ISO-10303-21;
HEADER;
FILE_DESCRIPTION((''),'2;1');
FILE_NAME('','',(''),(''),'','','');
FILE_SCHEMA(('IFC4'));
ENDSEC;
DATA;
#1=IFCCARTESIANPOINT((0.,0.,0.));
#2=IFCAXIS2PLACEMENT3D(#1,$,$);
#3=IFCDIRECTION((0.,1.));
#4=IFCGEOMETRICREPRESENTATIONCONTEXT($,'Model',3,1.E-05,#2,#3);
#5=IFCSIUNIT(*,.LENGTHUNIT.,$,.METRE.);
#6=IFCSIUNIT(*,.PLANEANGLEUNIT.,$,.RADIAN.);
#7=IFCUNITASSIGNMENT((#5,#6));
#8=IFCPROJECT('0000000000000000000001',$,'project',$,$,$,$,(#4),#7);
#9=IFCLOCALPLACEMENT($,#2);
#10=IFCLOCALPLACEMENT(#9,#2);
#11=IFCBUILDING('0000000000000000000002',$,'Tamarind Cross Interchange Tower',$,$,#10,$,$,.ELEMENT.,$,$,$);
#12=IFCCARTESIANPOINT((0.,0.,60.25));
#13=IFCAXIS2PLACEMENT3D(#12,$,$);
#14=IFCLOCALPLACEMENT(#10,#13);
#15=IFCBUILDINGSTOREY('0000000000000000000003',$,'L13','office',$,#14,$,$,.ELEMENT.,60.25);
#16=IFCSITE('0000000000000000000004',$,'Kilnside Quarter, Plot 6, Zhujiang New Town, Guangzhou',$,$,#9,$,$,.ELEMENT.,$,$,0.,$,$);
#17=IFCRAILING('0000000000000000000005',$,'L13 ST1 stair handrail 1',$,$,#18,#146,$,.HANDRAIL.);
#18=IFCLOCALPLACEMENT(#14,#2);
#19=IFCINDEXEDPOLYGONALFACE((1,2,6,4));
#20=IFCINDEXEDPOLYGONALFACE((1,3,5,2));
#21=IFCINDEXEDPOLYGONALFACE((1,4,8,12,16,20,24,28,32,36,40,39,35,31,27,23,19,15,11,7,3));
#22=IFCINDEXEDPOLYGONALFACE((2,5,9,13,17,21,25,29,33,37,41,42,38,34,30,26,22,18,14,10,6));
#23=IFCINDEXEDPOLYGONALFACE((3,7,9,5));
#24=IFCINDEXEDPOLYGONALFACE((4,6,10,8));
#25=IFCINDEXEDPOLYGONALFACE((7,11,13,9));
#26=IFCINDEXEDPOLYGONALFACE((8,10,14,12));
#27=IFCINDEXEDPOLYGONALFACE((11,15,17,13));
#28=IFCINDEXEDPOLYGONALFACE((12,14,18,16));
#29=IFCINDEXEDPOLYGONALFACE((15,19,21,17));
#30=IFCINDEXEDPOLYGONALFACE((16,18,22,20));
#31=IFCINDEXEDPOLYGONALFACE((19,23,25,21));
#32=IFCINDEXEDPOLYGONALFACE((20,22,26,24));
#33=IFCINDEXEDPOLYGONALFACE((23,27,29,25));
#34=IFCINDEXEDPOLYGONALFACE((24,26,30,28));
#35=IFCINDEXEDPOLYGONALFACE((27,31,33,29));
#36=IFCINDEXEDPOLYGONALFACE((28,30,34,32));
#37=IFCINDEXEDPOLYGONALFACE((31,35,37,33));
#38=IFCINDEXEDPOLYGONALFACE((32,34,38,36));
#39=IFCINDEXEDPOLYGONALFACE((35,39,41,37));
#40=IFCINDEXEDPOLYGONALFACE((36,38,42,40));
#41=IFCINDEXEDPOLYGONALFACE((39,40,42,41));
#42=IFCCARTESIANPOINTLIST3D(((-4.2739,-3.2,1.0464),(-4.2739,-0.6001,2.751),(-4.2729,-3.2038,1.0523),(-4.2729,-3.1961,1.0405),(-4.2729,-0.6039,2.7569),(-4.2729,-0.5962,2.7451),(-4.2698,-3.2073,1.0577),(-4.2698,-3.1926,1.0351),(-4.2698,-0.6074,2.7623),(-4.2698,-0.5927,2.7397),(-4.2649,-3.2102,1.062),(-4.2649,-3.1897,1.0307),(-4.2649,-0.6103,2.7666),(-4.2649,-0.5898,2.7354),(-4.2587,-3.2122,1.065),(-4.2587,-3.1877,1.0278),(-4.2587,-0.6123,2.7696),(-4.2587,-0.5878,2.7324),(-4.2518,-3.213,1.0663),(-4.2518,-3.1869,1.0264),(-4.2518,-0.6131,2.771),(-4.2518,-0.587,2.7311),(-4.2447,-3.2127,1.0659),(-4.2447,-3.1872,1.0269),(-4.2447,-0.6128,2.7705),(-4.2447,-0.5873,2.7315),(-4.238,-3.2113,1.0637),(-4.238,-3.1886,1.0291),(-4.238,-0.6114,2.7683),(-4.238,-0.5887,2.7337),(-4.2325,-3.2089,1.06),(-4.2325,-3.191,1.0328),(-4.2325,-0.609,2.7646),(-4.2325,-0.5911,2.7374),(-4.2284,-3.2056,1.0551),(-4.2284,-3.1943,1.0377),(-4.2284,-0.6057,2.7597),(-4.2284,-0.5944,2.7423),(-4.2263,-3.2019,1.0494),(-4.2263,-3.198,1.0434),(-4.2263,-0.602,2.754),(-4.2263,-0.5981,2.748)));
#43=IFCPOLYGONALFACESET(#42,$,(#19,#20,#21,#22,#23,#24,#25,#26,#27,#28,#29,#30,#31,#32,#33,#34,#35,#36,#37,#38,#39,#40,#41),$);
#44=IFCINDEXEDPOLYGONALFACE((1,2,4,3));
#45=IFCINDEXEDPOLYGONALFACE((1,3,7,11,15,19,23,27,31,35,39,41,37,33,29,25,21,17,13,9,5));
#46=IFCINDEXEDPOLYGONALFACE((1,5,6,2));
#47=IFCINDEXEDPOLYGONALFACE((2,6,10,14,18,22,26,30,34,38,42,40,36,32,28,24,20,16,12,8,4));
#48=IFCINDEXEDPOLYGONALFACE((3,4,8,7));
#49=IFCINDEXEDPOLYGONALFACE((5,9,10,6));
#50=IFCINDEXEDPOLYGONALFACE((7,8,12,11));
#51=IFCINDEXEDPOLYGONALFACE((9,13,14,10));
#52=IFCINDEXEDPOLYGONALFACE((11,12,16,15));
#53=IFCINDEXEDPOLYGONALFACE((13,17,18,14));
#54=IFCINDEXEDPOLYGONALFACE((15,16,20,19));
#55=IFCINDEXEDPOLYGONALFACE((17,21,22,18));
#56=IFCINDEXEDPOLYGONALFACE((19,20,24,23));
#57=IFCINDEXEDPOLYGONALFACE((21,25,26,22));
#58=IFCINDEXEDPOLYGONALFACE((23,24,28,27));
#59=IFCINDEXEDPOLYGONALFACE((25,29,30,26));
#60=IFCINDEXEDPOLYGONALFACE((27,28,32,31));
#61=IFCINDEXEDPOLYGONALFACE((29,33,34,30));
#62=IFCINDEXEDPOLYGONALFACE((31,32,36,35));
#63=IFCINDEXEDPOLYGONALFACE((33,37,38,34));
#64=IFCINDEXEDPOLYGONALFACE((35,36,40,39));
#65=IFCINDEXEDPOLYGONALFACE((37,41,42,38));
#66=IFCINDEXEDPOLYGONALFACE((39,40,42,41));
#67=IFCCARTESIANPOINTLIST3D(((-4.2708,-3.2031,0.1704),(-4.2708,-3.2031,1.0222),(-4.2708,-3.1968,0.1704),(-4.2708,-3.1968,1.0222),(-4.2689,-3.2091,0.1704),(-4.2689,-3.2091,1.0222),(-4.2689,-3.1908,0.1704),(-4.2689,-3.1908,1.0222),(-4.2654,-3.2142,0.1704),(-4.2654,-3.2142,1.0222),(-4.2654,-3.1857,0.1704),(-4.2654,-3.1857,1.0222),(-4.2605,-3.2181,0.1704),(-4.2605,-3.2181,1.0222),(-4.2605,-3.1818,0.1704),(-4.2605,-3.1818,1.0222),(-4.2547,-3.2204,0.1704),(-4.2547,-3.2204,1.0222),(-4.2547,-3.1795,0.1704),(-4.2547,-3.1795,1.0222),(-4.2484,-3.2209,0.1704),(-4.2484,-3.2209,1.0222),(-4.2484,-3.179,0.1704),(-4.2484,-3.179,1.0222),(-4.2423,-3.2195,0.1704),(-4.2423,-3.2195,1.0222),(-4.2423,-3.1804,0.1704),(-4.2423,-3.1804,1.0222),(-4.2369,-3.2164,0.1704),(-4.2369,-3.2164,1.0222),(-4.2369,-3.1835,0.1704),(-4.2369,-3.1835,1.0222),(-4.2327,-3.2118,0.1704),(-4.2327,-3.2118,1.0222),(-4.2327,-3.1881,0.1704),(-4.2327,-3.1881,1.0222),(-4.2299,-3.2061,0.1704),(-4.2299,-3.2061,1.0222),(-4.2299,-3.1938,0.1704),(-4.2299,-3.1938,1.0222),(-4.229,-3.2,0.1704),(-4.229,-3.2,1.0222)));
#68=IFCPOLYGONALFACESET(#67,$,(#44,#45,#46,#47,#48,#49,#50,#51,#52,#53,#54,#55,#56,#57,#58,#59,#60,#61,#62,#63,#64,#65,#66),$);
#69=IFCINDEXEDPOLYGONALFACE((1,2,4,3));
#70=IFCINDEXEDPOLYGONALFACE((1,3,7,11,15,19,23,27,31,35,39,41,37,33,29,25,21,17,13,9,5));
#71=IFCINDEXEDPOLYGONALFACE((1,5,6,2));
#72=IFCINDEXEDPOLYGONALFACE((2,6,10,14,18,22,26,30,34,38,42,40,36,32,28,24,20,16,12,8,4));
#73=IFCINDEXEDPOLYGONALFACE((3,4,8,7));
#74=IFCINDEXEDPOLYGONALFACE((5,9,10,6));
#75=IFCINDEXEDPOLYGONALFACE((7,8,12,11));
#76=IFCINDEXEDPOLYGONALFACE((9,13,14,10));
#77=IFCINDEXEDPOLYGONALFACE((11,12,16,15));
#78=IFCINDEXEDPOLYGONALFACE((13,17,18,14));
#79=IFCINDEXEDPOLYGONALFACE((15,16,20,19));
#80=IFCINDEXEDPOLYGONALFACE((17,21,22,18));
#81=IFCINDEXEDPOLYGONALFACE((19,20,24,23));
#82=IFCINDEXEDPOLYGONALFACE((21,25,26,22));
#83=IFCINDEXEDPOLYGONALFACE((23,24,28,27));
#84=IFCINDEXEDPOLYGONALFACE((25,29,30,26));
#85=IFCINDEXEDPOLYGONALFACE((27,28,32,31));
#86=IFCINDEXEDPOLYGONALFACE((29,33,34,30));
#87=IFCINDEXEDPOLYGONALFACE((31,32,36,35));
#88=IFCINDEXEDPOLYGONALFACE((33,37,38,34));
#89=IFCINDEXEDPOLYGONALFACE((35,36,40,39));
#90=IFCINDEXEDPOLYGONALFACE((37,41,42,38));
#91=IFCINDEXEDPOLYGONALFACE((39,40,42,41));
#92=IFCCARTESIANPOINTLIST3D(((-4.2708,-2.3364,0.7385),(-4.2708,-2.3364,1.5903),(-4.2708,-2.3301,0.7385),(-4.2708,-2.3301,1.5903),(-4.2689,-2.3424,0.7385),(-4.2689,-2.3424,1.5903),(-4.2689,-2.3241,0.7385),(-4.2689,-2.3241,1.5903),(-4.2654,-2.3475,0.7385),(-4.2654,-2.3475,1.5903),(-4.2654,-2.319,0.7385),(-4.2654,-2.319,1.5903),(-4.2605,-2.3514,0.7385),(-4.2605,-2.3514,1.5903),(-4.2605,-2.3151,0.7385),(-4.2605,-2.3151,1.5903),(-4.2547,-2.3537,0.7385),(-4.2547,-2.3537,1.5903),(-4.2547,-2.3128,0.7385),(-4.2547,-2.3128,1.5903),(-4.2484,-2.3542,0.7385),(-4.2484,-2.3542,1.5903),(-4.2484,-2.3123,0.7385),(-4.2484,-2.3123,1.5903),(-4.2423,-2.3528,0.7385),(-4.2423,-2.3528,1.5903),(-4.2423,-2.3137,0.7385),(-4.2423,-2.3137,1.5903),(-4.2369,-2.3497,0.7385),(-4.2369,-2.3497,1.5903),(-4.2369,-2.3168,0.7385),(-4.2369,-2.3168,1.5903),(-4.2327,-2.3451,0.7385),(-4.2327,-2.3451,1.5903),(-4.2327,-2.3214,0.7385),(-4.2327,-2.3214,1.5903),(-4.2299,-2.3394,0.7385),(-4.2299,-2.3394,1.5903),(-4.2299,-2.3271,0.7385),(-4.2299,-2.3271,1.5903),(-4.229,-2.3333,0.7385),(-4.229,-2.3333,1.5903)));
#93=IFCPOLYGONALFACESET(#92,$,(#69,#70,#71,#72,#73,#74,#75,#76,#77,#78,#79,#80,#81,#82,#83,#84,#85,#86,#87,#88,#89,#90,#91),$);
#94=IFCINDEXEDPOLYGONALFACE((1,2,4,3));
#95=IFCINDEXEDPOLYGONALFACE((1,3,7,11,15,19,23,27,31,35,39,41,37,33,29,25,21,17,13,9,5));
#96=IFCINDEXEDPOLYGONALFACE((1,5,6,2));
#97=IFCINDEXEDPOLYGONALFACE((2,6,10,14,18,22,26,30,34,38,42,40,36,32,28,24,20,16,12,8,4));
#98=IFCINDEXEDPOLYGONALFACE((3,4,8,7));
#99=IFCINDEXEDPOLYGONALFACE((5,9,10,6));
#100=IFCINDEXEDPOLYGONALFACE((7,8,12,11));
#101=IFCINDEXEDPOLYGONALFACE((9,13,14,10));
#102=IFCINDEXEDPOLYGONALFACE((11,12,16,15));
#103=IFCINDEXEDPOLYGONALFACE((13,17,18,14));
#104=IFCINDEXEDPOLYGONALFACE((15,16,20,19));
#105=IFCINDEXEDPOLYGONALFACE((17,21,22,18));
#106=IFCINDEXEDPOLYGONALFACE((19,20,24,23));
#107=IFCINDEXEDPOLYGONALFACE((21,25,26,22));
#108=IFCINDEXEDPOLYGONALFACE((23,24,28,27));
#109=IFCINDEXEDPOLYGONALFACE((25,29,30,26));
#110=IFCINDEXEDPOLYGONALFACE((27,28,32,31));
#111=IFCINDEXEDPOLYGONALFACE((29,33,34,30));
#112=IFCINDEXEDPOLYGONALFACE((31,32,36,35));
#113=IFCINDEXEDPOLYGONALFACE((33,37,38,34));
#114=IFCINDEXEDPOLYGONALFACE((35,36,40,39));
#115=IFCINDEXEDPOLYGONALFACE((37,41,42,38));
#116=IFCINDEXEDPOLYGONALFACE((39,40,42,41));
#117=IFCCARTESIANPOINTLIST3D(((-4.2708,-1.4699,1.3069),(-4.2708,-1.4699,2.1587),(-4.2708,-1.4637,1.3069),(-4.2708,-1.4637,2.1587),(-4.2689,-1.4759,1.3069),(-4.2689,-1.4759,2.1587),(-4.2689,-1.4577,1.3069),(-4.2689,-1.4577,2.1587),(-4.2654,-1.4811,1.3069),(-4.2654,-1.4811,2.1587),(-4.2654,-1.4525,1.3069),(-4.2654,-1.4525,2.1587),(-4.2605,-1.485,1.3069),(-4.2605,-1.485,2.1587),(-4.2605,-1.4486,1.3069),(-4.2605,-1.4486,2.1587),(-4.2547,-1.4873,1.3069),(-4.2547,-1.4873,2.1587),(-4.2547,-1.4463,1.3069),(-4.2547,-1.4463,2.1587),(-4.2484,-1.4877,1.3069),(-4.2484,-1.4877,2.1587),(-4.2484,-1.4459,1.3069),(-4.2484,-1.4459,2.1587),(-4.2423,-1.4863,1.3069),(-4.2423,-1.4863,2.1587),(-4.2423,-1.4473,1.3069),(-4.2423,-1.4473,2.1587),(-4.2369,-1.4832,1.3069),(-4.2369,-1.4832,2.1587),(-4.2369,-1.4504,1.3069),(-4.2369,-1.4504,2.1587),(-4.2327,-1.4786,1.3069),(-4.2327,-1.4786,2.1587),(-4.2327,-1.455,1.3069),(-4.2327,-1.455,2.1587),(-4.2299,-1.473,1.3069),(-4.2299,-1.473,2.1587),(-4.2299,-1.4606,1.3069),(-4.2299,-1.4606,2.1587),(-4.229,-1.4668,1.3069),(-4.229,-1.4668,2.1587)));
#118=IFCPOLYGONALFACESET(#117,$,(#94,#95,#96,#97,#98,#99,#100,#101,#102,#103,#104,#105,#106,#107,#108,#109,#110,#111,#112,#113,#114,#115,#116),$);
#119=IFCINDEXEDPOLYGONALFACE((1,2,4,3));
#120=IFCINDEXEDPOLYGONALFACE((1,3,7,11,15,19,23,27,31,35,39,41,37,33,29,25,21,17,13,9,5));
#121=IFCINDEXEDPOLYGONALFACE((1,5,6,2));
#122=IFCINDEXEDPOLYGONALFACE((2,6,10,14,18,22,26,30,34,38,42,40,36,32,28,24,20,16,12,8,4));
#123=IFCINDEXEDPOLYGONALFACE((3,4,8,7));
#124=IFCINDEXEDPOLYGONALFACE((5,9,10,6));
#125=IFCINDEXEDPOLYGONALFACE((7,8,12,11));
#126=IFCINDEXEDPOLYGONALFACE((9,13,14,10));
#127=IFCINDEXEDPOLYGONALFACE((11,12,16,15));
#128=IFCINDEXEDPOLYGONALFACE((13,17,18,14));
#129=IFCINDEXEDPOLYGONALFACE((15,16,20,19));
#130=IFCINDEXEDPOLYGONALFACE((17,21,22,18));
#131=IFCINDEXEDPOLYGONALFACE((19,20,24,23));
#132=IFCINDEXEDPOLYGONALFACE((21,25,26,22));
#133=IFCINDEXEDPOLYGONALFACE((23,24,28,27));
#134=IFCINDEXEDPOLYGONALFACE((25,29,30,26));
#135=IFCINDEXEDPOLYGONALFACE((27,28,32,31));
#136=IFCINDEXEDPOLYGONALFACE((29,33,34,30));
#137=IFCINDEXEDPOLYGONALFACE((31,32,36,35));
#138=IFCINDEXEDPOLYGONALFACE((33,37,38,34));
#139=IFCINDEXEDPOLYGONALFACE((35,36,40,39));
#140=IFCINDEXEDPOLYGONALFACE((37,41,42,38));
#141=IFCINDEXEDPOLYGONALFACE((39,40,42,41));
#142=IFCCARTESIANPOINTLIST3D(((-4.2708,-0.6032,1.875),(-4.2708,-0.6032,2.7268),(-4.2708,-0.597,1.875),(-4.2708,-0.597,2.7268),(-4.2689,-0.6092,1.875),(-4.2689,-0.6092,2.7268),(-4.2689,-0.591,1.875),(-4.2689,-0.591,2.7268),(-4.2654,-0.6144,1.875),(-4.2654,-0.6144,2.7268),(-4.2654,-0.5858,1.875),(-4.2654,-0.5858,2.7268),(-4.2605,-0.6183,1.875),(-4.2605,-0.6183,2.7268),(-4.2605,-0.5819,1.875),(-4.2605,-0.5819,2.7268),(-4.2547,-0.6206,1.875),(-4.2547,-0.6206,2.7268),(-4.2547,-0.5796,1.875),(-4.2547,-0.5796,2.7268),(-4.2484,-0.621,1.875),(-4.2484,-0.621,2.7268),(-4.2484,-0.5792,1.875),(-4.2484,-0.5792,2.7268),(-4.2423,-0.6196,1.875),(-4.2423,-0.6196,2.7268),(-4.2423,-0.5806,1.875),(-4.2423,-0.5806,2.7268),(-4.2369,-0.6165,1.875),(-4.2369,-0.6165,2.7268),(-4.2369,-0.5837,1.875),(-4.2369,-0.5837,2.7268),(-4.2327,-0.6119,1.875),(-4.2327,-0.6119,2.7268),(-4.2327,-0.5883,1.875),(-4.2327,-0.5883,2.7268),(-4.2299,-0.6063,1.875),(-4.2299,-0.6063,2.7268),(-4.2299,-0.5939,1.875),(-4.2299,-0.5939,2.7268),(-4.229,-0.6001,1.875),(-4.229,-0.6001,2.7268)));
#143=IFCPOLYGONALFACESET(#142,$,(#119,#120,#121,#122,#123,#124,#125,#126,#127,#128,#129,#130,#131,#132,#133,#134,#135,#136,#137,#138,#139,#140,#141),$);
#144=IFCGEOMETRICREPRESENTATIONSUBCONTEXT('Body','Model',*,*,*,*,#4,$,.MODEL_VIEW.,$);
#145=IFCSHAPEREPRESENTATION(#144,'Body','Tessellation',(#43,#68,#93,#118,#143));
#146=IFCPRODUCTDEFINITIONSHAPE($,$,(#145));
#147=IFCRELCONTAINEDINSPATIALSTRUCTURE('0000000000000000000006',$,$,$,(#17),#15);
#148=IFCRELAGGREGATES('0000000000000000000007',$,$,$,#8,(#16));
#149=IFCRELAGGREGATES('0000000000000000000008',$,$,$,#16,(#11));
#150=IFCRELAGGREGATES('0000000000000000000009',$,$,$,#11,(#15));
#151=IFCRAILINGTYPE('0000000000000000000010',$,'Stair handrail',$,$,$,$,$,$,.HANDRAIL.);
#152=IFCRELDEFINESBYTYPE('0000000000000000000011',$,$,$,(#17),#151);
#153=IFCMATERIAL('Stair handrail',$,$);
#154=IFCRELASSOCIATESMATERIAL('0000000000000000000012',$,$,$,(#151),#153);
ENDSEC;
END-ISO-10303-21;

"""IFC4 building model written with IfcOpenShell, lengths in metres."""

from ifc_helpers import new_model, si_unit, direction, frame, origin, origin_2d, place, context, subcontext, project, spatial, circle, extrude, material, type_object, element, save


model = new_model("IFC4")

# Units and contexts
model_context = context("Model", 3, precision=1e-05, world=origin(), true_north=direction((0.0, 1.0)))
body_context = subcontext(model_context, "Body", "Model", "MODEL_VIEW")
ifc_project = project(units=[si_unit("LENGTHUNIT", "METRE"), si_unit("PLANEANGLEUNIT", "RADIAN")], contexts=[model_context])

# Site, building, storey
site_placement = place(None, origin())
site = spatial("IfcSite", under=ifc_project, at=site_placement, Name="Kilnside Quarter, Plot 6, Zhujiang New Town, Guangzhou", CompositionType="ELEMENT", RefElevation=0.0)
building_placement = place(site_placement, origin())
building = spatial("IfcBuilding", under=site, at=building_placement, Name="Tamarind Cross Interchange Tower", CompositionType="ELEMENT")
storey_placement = place(building_placement, frame((0.0, 0.0, 60.25)))
storey = spatial("IfcBuildingStorey", under=building, at=storey_placement, Name="L13", Description="office", CompositionType="ELEMENT", Elevation=60.25)

# Railing
ifc_material_1 = material(Name="Stair handrail")
railing_type_1 = type_object("IfcRailingType", Name="Stair handrail", PredefinedType="HANDRAIL", material=ifc_material_1)
railing_1_placement = place(storey_placement, frame((-4.25, -3.2, 0.1704)))
element("IfcRailing", 1, at=railing_1_placement, inside=storey, type_object=railing_type_1, Name="L13 ST1 stair handrail 1", PredefinedType="HANDRAIL", context=body_context, shape_type="SweptSolid", body=[
    extrude(circle(Radius=0.0239, at=origin_2d()), frame((0.0, 0.0, 0.876), z_axis=(0.0, 0.836279, 0.548305), x_axis=(-1.0, 0.0, 0.0)), (0.0, 0.0, 1.0), 3.1089),
    extrude(circle(Radius=0.021, at=origin_2d()), origin(), (0.0, 0.0, 1.0), 0.8518),
    extrude(circle(Radius=0.021, at=origin_2d()), frame((0.0, 0.8667, 0.5681)), (0.0, 0.0, 1.0), 0.8518),
    extrude(circle(Radius=0.021, at=origin_2d()), frame((0.0, 1.7332, 1.1365)), (0.0, 0.0, 1.0), 0.8518),
    extrude(circle(Radius=0.021, at=origin_2d()), frame((0.0, 2.5999, 1.7046)), (0.0, 0.0, 1.0), 0.8518),
])

save(model, "model.ifc")
